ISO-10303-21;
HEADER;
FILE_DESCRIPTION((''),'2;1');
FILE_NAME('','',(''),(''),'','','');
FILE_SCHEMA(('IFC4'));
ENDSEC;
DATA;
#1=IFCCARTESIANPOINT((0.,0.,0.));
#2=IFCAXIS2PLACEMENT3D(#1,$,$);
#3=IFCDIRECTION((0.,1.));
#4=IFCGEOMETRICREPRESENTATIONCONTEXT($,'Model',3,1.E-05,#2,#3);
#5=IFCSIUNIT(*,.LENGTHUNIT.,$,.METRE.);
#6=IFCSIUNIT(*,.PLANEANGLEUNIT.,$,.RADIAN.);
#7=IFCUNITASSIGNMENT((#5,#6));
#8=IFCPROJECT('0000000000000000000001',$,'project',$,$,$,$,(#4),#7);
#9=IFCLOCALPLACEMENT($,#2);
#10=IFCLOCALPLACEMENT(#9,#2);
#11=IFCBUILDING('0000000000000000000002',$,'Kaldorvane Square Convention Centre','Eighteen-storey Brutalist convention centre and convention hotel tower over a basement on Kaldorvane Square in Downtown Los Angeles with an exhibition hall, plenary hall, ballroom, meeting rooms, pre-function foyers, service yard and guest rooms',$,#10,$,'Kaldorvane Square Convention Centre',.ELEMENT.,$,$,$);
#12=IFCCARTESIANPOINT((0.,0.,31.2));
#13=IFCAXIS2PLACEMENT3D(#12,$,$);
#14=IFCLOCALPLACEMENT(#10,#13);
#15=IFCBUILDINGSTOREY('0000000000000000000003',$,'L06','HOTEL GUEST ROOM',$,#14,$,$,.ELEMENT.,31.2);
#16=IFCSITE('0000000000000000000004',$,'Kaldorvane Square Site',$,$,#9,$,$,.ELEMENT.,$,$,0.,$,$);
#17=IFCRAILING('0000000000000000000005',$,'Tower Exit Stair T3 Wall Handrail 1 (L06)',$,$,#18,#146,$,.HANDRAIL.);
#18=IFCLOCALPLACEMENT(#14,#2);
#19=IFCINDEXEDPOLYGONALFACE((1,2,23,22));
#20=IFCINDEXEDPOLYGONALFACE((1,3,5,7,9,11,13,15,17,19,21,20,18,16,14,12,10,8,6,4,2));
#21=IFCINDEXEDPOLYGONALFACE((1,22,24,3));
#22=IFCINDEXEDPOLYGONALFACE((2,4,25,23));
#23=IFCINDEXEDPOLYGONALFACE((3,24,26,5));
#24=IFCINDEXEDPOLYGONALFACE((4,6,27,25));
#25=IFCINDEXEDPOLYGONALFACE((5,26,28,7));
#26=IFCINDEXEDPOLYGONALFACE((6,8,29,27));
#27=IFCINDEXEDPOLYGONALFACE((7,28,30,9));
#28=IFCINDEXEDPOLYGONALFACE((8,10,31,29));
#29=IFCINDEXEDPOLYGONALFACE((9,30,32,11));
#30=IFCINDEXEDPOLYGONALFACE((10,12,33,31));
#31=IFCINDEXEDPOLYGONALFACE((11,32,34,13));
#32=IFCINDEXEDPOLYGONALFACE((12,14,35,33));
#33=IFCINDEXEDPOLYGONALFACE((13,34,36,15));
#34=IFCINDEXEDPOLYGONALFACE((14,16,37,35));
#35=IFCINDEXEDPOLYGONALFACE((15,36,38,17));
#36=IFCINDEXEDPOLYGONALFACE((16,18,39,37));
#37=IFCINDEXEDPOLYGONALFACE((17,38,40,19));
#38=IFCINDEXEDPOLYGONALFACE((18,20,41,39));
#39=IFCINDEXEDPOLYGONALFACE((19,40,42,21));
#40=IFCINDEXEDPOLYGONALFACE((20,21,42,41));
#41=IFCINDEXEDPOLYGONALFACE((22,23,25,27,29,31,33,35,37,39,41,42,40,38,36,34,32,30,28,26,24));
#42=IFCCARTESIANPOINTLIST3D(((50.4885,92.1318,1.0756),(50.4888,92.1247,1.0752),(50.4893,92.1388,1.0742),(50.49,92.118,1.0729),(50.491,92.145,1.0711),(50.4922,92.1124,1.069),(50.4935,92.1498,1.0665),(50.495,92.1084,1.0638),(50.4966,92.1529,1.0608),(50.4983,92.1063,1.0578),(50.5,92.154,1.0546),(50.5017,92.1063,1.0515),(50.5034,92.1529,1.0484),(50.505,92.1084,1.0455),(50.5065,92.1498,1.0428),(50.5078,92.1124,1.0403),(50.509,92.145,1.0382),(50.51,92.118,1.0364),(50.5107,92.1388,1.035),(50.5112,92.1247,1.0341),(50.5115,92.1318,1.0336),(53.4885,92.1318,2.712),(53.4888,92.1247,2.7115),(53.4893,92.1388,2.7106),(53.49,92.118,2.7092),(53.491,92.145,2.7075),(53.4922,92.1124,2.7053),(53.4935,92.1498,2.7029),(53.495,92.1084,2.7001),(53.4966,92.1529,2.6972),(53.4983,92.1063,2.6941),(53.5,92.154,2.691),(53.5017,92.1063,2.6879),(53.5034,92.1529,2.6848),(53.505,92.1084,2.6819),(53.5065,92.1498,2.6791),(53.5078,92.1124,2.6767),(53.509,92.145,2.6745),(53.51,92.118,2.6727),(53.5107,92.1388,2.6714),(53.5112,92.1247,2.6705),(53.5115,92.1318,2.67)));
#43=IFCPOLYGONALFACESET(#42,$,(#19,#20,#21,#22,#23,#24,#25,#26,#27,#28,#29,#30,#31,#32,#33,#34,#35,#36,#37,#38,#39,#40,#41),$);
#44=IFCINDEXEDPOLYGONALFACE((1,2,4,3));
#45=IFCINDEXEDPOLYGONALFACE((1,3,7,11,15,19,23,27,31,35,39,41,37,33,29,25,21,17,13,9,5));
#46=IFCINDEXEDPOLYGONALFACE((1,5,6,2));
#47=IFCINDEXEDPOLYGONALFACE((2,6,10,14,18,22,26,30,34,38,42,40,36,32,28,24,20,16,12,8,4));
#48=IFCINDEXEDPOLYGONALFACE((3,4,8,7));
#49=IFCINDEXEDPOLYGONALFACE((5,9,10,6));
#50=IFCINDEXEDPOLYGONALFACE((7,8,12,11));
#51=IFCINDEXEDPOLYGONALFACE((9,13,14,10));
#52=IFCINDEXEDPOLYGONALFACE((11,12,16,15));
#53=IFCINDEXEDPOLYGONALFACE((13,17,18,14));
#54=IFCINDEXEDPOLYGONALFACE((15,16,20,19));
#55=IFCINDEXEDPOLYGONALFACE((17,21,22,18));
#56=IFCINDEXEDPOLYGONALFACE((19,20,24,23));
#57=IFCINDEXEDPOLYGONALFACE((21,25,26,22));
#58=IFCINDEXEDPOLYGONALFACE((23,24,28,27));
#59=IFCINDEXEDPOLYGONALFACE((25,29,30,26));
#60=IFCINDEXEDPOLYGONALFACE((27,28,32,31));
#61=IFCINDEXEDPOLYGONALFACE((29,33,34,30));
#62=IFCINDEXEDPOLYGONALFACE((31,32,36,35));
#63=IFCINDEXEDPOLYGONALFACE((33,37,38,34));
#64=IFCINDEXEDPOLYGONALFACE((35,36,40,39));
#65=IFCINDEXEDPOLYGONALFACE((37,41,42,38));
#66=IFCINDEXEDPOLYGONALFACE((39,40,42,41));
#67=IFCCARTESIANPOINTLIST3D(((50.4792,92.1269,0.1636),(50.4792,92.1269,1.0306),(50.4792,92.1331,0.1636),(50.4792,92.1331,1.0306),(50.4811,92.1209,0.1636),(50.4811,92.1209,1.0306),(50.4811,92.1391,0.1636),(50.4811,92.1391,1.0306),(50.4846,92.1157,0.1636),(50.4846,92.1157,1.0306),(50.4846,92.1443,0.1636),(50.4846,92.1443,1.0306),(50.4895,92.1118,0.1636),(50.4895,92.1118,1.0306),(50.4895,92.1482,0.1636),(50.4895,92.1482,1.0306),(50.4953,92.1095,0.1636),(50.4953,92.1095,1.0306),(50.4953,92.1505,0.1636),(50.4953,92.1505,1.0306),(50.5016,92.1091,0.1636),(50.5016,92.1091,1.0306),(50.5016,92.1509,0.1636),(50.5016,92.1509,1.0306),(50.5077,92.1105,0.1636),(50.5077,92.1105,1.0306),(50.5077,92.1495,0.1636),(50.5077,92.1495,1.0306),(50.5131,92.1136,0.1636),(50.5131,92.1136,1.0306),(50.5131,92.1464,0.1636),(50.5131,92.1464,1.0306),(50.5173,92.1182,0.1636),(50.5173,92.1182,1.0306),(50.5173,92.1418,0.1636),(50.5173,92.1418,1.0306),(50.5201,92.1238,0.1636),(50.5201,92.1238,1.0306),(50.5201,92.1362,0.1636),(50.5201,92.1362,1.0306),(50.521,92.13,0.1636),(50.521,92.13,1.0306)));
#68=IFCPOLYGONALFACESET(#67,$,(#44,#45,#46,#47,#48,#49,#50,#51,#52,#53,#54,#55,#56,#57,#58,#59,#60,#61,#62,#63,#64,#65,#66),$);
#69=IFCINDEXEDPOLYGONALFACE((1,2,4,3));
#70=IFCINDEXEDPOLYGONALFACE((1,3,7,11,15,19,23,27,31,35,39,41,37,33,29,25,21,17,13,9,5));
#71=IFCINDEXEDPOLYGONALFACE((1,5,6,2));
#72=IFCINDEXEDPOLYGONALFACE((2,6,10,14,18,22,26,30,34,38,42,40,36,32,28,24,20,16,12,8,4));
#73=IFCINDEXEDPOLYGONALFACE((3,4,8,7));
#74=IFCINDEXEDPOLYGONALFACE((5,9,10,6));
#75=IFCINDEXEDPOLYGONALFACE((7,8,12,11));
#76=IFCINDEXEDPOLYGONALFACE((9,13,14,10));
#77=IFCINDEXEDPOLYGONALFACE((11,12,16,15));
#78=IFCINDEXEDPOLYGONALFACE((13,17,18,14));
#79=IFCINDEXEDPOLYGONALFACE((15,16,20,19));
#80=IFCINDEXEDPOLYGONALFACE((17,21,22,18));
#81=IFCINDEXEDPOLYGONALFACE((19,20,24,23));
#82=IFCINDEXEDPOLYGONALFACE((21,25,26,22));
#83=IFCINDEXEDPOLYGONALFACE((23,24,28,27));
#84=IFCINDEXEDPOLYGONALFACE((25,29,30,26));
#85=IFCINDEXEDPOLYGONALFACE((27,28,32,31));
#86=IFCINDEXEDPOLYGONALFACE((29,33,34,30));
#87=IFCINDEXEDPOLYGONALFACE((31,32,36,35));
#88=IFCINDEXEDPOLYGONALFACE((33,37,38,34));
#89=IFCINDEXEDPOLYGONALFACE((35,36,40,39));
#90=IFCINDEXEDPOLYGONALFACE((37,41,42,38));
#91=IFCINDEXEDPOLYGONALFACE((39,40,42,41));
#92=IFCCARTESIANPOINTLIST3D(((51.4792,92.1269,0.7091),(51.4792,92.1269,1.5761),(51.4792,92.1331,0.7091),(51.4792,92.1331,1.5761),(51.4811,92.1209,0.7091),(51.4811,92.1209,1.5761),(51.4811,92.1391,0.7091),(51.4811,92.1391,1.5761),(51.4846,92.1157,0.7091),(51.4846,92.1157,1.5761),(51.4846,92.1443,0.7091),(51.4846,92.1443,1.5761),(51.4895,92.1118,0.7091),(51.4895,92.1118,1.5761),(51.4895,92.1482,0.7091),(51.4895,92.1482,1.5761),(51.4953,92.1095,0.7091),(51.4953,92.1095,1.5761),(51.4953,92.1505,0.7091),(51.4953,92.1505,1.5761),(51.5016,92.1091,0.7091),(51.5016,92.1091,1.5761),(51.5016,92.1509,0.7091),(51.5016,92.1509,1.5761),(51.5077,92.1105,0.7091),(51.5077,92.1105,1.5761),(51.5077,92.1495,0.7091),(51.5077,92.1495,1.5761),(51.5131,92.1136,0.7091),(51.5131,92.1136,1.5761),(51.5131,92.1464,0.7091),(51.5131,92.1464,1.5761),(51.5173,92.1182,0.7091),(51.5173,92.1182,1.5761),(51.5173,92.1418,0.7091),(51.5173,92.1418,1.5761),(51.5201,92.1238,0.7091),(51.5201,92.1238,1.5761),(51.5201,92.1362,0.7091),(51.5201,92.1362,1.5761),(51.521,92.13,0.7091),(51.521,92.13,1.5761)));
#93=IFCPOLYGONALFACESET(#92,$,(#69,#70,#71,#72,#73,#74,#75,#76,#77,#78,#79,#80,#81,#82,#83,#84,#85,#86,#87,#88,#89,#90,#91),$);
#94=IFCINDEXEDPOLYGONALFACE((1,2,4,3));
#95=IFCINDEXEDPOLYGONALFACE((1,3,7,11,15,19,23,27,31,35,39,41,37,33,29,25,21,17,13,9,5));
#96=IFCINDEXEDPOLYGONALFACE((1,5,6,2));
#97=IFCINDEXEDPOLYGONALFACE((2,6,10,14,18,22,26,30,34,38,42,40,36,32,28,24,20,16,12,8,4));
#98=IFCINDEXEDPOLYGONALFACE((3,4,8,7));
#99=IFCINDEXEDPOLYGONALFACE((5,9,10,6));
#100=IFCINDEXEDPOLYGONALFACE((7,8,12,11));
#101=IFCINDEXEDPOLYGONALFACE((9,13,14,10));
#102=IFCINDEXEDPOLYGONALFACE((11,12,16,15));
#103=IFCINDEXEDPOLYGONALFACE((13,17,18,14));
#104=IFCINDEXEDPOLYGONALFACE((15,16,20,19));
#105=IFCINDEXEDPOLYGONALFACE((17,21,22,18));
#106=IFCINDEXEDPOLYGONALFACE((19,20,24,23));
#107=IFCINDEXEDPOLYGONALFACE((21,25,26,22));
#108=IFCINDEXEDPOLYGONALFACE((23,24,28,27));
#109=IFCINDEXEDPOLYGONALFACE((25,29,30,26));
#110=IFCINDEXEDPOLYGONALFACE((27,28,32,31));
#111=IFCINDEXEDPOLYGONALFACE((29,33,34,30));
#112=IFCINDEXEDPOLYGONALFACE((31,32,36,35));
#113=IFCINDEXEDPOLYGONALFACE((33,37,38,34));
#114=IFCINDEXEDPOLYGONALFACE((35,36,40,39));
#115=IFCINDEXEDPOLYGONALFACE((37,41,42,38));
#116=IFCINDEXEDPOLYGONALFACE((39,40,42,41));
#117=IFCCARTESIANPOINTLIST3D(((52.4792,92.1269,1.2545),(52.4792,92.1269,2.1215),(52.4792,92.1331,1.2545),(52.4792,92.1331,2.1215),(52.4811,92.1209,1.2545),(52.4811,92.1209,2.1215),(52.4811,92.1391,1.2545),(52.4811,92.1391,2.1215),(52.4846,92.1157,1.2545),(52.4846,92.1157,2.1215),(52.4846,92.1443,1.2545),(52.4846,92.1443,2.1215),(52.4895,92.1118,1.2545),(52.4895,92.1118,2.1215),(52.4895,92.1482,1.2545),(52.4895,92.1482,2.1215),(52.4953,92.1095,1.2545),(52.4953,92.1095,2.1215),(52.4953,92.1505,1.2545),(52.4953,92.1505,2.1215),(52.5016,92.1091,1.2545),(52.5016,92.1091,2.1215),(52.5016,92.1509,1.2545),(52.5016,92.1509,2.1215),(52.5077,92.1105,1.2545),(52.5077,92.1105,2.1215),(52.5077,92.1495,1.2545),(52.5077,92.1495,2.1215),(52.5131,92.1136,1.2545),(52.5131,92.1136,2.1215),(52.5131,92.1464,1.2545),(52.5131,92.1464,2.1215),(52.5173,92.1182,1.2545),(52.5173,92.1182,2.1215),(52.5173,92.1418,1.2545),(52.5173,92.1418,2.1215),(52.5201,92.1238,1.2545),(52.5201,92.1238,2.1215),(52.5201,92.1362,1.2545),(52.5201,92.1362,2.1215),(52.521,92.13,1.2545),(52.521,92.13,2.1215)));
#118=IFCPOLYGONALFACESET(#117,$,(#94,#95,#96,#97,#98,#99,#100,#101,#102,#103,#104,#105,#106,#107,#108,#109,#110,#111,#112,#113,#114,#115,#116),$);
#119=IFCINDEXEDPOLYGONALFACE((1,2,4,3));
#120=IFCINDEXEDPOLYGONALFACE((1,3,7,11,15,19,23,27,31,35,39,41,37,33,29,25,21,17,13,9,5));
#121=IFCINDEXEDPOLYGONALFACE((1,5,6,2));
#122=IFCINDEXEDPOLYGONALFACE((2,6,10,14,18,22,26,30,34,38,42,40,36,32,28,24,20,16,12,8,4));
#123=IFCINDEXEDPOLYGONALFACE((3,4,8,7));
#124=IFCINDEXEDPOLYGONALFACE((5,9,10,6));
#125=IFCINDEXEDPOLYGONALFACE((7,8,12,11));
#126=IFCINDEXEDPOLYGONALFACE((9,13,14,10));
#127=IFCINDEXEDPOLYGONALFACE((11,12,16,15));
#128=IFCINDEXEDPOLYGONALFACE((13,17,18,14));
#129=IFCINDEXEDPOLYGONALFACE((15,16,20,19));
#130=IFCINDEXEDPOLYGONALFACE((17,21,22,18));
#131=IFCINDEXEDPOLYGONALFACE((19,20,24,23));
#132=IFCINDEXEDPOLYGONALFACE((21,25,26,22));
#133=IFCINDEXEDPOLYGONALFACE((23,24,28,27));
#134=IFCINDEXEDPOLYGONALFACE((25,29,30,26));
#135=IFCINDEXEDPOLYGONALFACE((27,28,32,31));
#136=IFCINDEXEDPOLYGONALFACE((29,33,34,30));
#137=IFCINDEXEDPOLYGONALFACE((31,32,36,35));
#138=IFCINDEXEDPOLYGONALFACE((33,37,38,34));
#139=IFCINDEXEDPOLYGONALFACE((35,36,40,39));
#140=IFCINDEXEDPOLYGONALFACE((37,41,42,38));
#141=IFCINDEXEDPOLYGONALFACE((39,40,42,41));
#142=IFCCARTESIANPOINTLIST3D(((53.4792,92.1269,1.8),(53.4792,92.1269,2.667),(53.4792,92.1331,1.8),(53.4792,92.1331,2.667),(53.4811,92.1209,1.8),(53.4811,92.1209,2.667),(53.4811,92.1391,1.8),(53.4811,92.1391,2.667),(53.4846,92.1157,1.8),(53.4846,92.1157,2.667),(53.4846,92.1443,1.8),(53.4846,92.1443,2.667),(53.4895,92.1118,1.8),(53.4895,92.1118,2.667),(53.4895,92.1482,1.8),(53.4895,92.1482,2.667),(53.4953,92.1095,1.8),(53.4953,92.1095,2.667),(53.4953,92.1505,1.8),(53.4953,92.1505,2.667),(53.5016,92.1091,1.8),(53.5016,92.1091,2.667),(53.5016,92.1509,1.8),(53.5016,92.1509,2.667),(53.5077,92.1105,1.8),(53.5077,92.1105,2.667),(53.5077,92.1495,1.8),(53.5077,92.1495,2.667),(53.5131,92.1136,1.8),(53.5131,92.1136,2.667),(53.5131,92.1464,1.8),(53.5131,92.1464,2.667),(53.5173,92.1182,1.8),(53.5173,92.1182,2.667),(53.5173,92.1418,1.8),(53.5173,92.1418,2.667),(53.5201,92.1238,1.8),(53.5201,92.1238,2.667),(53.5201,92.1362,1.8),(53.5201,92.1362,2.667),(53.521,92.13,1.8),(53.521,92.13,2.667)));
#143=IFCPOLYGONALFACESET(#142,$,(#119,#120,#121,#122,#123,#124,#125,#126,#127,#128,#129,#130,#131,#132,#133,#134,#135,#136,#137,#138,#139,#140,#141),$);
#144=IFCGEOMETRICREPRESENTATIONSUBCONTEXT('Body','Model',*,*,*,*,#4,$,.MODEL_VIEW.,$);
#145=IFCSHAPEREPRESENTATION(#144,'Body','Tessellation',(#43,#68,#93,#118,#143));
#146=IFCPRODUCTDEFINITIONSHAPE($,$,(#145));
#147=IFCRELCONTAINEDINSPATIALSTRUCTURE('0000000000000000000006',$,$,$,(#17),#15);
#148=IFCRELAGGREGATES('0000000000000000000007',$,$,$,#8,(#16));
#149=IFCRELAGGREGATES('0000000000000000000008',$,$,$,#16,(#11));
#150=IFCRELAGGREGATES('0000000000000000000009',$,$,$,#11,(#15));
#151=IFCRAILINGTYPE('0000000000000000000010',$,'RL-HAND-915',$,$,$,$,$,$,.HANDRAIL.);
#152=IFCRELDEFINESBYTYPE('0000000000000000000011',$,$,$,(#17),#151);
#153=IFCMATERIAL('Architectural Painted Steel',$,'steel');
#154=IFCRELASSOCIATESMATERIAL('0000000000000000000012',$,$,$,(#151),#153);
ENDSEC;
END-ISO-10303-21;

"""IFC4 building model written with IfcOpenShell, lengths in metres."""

from ifc_helpers import new_model, si_unit, direction, frame, origin, origin_2d, place, context, subcontext, project, spatial, circle, extrude, material, type_object, element, save


model = new_model("IFC4")

# Units and contexts
model_context = context("Model", 3, precision=1e-05, world=origin(), true_north=direction((0.0, 1.0)))
body_context = subcontext(model_context, "Body", "Model", "MODEL_VIEW")
ifc_project = project(units=[si_unit("LENGTHUNIT", "METRE"), si_unit("PLANEANGLEUNIT", "RADIAN")], contexts=[model_context])

# Site, building, storey
site_placement = place(None, origin())
site = spatial("IfcSite", under=ifc_project, at=site_placement, Name="Kaldorvane Square Site", CompositionType="ELEMENT", RefElevation=0.0)
building_placement = place(site_placement, origin())
building = spatial("IfcBuilding", under=site, at=building_placement, Name="Kaldorvane Square Convention Centre", Description="Eighteen-storey Brutalist convention centre and convention hotel tower over a basement on Kaldorvane Square in Downtown Los Angeles with an exhibition hall, plenary hall, ballroom, meeting rooms, pre-function foyers, service yard and guest rooms", LongName="Kaldorvane Square Convention Centre", CompositionType="ELEMENT")
storey_placement = place(building_placement, frame((0.0, 0.0, 31.2)))
storey = spatial("IfcBuildingStorey", under=building, at=storey_placement, Name="L06", Description="HOTEL GUEST ROOM", CompositionType="ELEMENT", Elevation=31.2)

# Railing
ifc_material_1 = material(Name="Architectural Painted Steel", Category="steel")
railing_type_1 = type_object("IfcRailingType", Name="RL-HAND-915", PredefinedType="HANDRAIL", material=ifc_material_1)
for number, where, name in (
    (1, (50.5, 92.13, 0.1636), "Tower Exit Stair T3 Wall Handrail 1 (L06)"),
):
    element("IfcRailing", number, at=place(storey_placement, frame(where)), inside=storey, type_object=railing_type_1, Name=name, PredefinedType="HANDRAIL", context=body_context, shape_type="SweptSolid", body=[
        extrude(circle(Radius=0.024, at=origin_2d()), frame((0.0, 0.0, 0.891), z_axis=(0.877895, 0.0, 0.478853), x_axis=(0.0, 1.0, 0.0)), (0.0, 0.0, 1.0), 3.4173),
        extrude(circle(Radius=0.021, at=origin_2d()), origin(), (0.0, 0.0, 1.0), 0.867),
        extrude(circle(Radius=0.021, at=origin_2d()), frame((1.0, 0.0, 0.5455)), (0.0, 0.0, 1.0), 0.867),
        extrude(circle(Radius=0.021, at=origin_2d()), frame((2.0, 0.0, 1.0909)), (0.0, 0.0, 1.0), 0.867),
        extrude(circle(Radius=0.021, at=origin_2d()), frame((3.0, 0.0, 1.6364)), (0.0, 0.0, 1.0), 0.867),
    ])

save(model, "model.ifc")
